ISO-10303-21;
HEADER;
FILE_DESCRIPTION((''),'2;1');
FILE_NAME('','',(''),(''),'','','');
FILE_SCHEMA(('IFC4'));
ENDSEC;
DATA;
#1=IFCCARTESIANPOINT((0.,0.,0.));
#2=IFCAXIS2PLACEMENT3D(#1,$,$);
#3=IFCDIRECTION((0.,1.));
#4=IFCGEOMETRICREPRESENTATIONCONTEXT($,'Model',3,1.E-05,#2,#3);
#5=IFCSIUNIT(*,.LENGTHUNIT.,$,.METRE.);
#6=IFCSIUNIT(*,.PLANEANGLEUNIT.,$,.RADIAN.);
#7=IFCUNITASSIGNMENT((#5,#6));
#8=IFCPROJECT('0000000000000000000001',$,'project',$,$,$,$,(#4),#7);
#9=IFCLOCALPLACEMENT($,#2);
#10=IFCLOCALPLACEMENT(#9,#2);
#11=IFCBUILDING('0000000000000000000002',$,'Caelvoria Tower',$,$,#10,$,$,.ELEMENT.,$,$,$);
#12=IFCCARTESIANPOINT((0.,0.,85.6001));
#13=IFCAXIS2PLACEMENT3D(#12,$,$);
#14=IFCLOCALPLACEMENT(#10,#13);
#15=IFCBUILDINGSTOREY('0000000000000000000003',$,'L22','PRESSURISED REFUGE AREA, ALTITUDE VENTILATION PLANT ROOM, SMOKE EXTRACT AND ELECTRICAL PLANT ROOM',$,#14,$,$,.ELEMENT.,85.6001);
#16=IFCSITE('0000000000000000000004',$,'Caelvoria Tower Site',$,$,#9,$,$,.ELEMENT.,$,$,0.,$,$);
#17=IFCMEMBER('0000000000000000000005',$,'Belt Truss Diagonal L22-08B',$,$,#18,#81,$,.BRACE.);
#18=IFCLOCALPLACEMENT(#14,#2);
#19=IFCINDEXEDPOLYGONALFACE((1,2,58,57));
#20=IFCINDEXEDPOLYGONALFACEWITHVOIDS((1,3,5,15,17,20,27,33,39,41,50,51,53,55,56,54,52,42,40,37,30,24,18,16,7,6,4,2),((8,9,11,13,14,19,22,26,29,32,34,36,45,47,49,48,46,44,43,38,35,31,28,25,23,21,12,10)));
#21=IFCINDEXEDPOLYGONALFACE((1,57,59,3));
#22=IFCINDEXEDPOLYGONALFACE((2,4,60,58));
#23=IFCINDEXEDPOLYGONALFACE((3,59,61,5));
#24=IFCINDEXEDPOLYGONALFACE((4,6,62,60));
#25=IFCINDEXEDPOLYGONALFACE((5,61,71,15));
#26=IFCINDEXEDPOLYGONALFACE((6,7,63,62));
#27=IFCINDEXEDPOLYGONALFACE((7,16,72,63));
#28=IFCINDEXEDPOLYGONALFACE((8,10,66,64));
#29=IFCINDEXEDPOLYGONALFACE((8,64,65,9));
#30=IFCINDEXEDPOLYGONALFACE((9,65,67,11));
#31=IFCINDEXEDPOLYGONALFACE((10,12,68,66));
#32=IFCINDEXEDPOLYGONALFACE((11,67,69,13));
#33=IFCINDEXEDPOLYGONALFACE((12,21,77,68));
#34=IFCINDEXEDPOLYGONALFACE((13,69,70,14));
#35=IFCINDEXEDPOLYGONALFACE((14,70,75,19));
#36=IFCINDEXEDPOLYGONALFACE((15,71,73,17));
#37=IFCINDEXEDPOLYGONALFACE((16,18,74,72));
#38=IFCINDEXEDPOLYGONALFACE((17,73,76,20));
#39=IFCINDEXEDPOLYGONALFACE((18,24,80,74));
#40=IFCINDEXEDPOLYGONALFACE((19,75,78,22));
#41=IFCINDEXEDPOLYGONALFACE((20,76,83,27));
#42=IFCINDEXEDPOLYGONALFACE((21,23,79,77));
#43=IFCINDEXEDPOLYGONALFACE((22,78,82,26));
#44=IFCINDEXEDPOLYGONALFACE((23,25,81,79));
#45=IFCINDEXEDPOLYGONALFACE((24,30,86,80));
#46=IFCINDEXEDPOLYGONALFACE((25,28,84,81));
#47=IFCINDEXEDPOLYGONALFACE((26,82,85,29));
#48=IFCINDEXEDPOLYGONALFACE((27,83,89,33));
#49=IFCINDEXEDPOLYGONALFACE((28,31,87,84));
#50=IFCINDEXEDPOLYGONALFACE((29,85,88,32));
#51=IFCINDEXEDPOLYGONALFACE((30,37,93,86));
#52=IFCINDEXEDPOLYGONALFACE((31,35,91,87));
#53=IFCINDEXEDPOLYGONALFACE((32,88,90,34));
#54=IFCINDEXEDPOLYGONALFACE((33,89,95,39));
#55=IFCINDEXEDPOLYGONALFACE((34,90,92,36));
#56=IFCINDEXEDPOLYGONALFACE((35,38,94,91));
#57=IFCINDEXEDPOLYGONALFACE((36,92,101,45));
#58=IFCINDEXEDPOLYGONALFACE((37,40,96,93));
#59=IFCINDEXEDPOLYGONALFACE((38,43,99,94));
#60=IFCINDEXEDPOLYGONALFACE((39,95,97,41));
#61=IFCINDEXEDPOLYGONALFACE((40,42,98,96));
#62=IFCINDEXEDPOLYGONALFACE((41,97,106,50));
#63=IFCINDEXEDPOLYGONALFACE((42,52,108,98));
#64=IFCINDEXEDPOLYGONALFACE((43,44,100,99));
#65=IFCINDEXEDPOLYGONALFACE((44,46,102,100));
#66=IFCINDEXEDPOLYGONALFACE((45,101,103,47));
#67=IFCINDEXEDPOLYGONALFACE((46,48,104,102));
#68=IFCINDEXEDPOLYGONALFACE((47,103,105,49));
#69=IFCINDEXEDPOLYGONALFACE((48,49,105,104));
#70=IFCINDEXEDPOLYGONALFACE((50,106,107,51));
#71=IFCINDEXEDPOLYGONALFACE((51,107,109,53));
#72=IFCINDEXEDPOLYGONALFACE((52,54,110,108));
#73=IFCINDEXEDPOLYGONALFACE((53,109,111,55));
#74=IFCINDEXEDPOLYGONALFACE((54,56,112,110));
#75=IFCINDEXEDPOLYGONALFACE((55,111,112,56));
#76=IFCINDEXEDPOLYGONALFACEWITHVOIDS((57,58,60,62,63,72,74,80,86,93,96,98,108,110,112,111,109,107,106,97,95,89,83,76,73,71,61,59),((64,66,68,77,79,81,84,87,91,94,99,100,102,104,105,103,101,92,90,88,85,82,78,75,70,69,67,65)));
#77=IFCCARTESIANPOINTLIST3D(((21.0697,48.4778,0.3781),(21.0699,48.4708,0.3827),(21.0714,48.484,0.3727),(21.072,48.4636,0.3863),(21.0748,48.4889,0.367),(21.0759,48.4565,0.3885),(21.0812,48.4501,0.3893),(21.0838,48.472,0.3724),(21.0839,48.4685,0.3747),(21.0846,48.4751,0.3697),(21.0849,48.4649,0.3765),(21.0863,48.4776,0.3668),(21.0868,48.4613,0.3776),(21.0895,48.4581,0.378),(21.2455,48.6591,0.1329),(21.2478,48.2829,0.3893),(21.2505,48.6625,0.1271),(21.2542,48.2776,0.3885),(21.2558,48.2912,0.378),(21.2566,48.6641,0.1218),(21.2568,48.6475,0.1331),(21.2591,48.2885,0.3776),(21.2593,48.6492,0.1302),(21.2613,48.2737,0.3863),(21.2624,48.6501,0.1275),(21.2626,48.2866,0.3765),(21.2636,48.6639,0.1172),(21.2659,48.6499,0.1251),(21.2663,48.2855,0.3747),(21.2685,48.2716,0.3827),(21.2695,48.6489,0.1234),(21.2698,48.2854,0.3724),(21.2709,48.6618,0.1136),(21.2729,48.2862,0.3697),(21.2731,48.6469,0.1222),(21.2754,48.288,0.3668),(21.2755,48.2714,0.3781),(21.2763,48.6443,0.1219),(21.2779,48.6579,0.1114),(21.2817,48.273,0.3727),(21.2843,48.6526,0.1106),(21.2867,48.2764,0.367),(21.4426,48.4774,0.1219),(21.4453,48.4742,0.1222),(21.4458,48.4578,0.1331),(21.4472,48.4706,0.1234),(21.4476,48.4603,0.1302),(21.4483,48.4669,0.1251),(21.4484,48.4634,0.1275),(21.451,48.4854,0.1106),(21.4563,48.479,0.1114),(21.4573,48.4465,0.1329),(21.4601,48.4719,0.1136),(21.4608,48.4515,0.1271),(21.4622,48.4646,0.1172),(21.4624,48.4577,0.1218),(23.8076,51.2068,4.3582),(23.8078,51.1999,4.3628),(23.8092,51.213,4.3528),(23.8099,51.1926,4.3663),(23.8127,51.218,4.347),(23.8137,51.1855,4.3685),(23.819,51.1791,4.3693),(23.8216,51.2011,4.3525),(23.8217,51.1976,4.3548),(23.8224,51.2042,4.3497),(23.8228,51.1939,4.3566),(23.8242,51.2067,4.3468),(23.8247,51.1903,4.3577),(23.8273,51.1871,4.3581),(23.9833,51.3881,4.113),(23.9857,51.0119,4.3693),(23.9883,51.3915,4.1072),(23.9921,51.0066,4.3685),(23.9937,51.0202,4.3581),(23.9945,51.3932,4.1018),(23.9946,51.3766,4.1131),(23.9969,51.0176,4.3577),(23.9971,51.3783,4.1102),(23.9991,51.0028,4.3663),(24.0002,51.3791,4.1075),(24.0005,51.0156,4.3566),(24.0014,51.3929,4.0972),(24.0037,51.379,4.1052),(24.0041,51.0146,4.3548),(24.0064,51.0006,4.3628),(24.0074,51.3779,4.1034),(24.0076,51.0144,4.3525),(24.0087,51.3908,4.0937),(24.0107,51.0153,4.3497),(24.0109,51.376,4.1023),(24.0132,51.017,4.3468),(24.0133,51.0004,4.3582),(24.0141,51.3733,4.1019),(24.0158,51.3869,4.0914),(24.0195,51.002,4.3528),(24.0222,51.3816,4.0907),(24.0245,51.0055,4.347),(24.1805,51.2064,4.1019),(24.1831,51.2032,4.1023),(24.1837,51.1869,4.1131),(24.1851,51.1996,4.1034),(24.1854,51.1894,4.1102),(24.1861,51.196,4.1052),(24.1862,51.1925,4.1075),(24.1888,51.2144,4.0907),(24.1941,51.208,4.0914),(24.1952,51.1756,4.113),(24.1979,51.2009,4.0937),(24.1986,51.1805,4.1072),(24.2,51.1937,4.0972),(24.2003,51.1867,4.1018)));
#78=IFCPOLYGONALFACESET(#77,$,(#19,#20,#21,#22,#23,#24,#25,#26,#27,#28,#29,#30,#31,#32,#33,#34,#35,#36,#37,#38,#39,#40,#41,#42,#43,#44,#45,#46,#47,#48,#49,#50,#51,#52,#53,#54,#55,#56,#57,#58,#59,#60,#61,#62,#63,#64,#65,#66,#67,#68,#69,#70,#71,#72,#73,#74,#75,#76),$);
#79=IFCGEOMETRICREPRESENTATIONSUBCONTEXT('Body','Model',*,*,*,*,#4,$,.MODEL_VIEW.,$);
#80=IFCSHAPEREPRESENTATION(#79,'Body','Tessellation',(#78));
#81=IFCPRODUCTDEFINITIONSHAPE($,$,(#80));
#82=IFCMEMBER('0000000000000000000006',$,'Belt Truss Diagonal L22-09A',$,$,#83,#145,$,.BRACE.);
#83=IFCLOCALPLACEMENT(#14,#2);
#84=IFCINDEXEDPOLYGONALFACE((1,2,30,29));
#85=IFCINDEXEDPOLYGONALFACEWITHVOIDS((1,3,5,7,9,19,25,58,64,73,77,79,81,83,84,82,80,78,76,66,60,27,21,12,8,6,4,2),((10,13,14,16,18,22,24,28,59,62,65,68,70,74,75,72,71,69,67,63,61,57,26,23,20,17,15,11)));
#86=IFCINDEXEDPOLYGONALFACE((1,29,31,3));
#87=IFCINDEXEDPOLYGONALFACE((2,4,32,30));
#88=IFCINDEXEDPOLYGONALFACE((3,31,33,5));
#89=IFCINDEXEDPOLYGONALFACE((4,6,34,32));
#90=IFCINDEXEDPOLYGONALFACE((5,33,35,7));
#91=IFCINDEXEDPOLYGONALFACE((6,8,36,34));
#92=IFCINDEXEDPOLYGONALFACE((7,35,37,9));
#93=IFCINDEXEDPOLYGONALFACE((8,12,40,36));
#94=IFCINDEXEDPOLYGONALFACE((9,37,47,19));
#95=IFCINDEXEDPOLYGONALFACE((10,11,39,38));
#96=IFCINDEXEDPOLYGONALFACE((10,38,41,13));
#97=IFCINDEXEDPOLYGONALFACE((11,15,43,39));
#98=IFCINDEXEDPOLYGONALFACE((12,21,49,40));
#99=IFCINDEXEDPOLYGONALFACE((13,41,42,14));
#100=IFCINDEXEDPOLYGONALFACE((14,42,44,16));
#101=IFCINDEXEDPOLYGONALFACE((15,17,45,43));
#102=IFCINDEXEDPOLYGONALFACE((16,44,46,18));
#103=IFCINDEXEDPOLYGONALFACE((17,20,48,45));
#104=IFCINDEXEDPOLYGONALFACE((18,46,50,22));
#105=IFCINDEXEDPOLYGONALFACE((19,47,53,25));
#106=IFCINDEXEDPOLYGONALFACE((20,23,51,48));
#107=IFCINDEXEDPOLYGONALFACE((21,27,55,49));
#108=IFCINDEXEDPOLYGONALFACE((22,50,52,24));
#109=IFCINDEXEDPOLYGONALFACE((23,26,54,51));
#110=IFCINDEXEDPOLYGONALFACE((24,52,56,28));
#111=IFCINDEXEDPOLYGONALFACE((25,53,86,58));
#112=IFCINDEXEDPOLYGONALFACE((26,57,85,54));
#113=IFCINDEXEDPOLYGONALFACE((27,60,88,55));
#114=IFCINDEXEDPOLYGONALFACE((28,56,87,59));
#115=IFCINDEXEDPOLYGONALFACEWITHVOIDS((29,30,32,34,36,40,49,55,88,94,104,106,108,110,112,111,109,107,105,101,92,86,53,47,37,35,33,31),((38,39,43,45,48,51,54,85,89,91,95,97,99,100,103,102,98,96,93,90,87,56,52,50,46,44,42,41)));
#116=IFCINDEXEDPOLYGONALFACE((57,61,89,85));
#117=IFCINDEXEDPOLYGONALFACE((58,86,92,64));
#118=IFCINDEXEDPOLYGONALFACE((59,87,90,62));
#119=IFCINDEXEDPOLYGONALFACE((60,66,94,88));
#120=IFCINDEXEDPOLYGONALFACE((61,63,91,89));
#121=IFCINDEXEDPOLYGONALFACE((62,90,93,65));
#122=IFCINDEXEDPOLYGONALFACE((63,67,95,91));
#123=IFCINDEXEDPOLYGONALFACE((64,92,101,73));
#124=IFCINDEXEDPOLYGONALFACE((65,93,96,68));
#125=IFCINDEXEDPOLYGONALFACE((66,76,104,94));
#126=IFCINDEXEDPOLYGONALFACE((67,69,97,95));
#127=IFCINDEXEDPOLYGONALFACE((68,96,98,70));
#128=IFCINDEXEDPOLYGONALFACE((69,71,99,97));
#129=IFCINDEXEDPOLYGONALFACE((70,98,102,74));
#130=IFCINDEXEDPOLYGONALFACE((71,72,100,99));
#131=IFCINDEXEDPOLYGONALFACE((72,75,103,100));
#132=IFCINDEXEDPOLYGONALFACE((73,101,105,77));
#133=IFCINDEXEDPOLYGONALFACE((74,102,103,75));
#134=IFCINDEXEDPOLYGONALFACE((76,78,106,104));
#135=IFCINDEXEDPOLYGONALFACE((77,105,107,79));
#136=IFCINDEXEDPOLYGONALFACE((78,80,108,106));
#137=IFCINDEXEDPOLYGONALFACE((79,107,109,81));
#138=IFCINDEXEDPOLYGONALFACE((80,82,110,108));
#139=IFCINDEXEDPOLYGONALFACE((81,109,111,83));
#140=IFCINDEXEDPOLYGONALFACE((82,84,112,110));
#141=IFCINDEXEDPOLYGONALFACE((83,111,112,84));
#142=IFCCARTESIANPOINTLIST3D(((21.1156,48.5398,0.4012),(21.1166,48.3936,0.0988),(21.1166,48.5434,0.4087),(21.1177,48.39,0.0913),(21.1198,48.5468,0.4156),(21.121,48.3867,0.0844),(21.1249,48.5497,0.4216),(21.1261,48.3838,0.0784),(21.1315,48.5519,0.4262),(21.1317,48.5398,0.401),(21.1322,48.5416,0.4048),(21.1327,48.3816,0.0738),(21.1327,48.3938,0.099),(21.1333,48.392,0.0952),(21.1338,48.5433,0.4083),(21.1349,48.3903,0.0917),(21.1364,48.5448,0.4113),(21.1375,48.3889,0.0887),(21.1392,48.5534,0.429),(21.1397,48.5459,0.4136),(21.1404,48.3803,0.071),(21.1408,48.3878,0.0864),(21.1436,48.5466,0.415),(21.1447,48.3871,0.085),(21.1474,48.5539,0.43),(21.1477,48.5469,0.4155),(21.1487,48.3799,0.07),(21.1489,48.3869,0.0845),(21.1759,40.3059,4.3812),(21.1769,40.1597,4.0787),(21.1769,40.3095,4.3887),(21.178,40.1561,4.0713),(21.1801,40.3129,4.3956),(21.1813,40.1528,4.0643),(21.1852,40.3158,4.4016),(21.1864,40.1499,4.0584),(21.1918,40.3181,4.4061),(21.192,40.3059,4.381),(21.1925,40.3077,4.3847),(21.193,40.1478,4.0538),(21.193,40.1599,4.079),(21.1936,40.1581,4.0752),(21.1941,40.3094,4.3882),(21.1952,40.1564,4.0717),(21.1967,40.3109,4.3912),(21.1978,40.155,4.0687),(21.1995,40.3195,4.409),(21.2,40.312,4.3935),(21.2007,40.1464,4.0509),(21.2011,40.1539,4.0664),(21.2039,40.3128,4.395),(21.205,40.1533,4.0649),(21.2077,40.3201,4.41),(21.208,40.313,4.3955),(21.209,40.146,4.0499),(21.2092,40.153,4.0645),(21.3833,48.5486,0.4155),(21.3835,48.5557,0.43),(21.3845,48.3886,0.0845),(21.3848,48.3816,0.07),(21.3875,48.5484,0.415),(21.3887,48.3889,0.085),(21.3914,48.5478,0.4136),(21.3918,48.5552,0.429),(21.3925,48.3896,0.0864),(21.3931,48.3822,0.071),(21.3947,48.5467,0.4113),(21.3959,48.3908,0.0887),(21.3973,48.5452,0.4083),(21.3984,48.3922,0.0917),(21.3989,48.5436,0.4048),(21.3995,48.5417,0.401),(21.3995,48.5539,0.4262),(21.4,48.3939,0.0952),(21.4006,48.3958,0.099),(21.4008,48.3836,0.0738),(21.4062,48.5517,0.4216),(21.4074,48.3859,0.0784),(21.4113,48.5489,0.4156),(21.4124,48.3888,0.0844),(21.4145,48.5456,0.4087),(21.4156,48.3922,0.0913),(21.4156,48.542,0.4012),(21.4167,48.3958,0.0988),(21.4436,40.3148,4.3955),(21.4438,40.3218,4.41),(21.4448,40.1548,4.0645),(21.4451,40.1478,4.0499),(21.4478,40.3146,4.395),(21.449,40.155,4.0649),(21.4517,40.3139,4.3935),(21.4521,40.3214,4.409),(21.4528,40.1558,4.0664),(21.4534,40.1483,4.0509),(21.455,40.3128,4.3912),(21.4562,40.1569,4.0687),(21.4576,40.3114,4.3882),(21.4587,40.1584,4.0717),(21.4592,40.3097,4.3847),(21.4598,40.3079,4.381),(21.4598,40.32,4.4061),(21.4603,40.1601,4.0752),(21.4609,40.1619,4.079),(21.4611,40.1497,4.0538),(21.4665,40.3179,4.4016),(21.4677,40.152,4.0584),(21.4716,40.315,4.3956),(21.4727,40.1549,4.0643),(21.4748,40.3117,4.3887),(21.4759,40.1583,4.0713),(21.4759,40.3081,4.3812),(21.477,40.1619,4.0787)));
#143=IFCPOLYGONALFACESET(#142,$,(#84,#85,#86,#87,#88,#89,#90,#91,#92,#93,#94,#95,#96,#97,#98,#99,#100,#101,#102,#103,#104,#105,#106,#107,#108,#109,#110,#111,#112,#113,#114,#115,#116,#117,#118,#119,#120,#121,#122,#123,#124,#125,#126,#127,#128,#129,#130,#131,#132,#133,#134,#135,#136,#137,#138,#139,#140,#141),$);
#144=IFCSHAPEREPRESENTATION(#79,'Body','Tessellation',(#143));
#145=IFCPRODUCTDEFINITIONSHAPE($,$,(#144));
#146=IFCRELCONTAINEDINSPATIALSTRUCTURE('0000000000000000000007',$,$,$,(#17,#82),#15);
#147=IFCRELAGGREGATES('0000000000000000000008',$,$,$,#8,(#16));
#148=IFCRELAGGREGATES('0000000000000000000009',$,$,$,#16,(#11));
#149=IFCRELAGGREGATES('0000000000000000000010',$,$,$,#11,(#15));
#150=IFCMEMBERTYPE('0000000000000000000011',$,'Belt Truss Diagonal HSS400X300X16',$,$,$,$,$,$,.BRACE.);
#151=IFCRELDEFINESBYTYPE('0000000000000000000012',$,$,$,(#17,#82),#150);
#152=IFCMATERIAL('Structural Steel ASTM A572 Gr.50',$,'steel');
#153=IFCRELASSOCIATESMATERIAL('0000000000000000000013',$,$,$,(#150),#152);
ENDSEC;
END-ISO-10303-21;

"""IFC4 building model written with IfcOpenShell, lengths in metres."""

from ifc_helpers import new_model, si_unit, direction, frame, origin, origin_2d, place, context, subcontext, project, spatial, hollow_rectangle, extrude, material, material_profile, profile_set, type_object, element, save


model = new_model("IFC4")

# Units and contexts
model_context = context("Model", 3, precision=1e-05, world=origin(), true_north=direction((0.0, 1.0)))
body_context = subcontext(model_context, "Body", "Model", "MODEL_VIEW")
ifc_project = project(units=[si_unit("LENGTHUNIT", "METRE"), si_unit("PLANEANGLEUNIT", "RADIAN")], contexts=[model_context])

# Site, building, storey
site_placement = place(None, origin())
site = spatial("IfcSite", under=ifc_project, at=site_placement, Name="Caelvoria Tower Site", CompositionType="ELEMENT", RefElevation=0.0)
building_placement = place(site_placement, origin())
building = spatial("IfcBuilding", under=site, at=building_placement, Name="Caelvoria Tower", CompositionType="ELEMENT")
storey_placement = place(building_placement, frame((0.0, 0.0, 85.6001)))
storey = spatial("IfcBuildingStorey", under=building, at=storey_placement, Name="L22", Description="PRESSURISED REFUGE AREA, ALTITUDE VENTILATION PLANT ROOM, SMOKE EXTRACT AND ELECTRICAL PLANT ROOM", CompositionType="ELEMENT", Elevation=85.6001)

# Shared definitions
ifc_material_1 = material(Name="Structural Steel ASTM A572 Gr.50", Category="steel")

# Members
ifc_material_profile_1 = material_profile(ifc_material_1, hollow_rectangle(XDim=0.3, YDim=0.3999, WallThickness=0.0161, InnerFilletRadius=0.0161, OuterFilletRadius=0.032, at=origin_2d()), Name="Structural Steel ASTM A572 Gr.50")
ifc_profile_set_1 = profile_set([ifc_material_profile_1], Name="HSS400X300X16 - Structural Steel ASTM A572 Gr.50")
member_type_1 = type_object("IfcMemberType", Name="Belt Truss Diagonal HSS400X300X16", PredefinedType="BRACE", material=ifc_profile_set_1)
for number, where, z_axis, x_axis, name in (
    (1, (24.0039, 51.1968, 4.23), (-0.493451, -0.491866, -0.717338), (0.705969, -0.708243, 0.0), "Belt Truss Diagonal L22-08B"),
):
    element("IfcMember", number, at=place(storey_placement, frame(where, z_axis=z_axis, x_axis=x_axis)), inside=storey, type_object=member_type_1, Name=name, PredefinedType="BRACE", context=body_context, shape_type="SweptSolid", body=[
        extrude(hollow_rectangle(XDim=0.3, YDim=0.3999, WallThickness=0.0161, InnerFilletRadius=0.0161, OuterFilletRadius=0.032, at=origin_2d()), origin(), (0.0, 0.0, 1.0), 5.5483),
    ])
for number, where, z_axis, x_axis, name in (
    (2, (21.2661, 48.4678, 0.25), (0.006594, -0.900318, 0.435183), (0.999973, 0.007324, 0.0), "Belt Truss Diagonal L22-09A"),
):
    element("IfcMember", number, at=place(storey_placement, frame(where, z_axis=z_axis, x_axis=x_axis)), inside=storey, type_object=member_type_1, Name=name, PredefinedType="BRACE", context=body_context, shape_type="SweptSolid", body=[
        extrude(hollow_rectangle(XDim=0.3, YDim=0.3999, WallThickness=0.0161, InnerFilletRadius=0.0161, OuterFilletRadius=0.032, at=origin_2d()), origin(), (0.0, 0.0, 1.0), 9.1455),
    ])

save(model, "model.ifc")
